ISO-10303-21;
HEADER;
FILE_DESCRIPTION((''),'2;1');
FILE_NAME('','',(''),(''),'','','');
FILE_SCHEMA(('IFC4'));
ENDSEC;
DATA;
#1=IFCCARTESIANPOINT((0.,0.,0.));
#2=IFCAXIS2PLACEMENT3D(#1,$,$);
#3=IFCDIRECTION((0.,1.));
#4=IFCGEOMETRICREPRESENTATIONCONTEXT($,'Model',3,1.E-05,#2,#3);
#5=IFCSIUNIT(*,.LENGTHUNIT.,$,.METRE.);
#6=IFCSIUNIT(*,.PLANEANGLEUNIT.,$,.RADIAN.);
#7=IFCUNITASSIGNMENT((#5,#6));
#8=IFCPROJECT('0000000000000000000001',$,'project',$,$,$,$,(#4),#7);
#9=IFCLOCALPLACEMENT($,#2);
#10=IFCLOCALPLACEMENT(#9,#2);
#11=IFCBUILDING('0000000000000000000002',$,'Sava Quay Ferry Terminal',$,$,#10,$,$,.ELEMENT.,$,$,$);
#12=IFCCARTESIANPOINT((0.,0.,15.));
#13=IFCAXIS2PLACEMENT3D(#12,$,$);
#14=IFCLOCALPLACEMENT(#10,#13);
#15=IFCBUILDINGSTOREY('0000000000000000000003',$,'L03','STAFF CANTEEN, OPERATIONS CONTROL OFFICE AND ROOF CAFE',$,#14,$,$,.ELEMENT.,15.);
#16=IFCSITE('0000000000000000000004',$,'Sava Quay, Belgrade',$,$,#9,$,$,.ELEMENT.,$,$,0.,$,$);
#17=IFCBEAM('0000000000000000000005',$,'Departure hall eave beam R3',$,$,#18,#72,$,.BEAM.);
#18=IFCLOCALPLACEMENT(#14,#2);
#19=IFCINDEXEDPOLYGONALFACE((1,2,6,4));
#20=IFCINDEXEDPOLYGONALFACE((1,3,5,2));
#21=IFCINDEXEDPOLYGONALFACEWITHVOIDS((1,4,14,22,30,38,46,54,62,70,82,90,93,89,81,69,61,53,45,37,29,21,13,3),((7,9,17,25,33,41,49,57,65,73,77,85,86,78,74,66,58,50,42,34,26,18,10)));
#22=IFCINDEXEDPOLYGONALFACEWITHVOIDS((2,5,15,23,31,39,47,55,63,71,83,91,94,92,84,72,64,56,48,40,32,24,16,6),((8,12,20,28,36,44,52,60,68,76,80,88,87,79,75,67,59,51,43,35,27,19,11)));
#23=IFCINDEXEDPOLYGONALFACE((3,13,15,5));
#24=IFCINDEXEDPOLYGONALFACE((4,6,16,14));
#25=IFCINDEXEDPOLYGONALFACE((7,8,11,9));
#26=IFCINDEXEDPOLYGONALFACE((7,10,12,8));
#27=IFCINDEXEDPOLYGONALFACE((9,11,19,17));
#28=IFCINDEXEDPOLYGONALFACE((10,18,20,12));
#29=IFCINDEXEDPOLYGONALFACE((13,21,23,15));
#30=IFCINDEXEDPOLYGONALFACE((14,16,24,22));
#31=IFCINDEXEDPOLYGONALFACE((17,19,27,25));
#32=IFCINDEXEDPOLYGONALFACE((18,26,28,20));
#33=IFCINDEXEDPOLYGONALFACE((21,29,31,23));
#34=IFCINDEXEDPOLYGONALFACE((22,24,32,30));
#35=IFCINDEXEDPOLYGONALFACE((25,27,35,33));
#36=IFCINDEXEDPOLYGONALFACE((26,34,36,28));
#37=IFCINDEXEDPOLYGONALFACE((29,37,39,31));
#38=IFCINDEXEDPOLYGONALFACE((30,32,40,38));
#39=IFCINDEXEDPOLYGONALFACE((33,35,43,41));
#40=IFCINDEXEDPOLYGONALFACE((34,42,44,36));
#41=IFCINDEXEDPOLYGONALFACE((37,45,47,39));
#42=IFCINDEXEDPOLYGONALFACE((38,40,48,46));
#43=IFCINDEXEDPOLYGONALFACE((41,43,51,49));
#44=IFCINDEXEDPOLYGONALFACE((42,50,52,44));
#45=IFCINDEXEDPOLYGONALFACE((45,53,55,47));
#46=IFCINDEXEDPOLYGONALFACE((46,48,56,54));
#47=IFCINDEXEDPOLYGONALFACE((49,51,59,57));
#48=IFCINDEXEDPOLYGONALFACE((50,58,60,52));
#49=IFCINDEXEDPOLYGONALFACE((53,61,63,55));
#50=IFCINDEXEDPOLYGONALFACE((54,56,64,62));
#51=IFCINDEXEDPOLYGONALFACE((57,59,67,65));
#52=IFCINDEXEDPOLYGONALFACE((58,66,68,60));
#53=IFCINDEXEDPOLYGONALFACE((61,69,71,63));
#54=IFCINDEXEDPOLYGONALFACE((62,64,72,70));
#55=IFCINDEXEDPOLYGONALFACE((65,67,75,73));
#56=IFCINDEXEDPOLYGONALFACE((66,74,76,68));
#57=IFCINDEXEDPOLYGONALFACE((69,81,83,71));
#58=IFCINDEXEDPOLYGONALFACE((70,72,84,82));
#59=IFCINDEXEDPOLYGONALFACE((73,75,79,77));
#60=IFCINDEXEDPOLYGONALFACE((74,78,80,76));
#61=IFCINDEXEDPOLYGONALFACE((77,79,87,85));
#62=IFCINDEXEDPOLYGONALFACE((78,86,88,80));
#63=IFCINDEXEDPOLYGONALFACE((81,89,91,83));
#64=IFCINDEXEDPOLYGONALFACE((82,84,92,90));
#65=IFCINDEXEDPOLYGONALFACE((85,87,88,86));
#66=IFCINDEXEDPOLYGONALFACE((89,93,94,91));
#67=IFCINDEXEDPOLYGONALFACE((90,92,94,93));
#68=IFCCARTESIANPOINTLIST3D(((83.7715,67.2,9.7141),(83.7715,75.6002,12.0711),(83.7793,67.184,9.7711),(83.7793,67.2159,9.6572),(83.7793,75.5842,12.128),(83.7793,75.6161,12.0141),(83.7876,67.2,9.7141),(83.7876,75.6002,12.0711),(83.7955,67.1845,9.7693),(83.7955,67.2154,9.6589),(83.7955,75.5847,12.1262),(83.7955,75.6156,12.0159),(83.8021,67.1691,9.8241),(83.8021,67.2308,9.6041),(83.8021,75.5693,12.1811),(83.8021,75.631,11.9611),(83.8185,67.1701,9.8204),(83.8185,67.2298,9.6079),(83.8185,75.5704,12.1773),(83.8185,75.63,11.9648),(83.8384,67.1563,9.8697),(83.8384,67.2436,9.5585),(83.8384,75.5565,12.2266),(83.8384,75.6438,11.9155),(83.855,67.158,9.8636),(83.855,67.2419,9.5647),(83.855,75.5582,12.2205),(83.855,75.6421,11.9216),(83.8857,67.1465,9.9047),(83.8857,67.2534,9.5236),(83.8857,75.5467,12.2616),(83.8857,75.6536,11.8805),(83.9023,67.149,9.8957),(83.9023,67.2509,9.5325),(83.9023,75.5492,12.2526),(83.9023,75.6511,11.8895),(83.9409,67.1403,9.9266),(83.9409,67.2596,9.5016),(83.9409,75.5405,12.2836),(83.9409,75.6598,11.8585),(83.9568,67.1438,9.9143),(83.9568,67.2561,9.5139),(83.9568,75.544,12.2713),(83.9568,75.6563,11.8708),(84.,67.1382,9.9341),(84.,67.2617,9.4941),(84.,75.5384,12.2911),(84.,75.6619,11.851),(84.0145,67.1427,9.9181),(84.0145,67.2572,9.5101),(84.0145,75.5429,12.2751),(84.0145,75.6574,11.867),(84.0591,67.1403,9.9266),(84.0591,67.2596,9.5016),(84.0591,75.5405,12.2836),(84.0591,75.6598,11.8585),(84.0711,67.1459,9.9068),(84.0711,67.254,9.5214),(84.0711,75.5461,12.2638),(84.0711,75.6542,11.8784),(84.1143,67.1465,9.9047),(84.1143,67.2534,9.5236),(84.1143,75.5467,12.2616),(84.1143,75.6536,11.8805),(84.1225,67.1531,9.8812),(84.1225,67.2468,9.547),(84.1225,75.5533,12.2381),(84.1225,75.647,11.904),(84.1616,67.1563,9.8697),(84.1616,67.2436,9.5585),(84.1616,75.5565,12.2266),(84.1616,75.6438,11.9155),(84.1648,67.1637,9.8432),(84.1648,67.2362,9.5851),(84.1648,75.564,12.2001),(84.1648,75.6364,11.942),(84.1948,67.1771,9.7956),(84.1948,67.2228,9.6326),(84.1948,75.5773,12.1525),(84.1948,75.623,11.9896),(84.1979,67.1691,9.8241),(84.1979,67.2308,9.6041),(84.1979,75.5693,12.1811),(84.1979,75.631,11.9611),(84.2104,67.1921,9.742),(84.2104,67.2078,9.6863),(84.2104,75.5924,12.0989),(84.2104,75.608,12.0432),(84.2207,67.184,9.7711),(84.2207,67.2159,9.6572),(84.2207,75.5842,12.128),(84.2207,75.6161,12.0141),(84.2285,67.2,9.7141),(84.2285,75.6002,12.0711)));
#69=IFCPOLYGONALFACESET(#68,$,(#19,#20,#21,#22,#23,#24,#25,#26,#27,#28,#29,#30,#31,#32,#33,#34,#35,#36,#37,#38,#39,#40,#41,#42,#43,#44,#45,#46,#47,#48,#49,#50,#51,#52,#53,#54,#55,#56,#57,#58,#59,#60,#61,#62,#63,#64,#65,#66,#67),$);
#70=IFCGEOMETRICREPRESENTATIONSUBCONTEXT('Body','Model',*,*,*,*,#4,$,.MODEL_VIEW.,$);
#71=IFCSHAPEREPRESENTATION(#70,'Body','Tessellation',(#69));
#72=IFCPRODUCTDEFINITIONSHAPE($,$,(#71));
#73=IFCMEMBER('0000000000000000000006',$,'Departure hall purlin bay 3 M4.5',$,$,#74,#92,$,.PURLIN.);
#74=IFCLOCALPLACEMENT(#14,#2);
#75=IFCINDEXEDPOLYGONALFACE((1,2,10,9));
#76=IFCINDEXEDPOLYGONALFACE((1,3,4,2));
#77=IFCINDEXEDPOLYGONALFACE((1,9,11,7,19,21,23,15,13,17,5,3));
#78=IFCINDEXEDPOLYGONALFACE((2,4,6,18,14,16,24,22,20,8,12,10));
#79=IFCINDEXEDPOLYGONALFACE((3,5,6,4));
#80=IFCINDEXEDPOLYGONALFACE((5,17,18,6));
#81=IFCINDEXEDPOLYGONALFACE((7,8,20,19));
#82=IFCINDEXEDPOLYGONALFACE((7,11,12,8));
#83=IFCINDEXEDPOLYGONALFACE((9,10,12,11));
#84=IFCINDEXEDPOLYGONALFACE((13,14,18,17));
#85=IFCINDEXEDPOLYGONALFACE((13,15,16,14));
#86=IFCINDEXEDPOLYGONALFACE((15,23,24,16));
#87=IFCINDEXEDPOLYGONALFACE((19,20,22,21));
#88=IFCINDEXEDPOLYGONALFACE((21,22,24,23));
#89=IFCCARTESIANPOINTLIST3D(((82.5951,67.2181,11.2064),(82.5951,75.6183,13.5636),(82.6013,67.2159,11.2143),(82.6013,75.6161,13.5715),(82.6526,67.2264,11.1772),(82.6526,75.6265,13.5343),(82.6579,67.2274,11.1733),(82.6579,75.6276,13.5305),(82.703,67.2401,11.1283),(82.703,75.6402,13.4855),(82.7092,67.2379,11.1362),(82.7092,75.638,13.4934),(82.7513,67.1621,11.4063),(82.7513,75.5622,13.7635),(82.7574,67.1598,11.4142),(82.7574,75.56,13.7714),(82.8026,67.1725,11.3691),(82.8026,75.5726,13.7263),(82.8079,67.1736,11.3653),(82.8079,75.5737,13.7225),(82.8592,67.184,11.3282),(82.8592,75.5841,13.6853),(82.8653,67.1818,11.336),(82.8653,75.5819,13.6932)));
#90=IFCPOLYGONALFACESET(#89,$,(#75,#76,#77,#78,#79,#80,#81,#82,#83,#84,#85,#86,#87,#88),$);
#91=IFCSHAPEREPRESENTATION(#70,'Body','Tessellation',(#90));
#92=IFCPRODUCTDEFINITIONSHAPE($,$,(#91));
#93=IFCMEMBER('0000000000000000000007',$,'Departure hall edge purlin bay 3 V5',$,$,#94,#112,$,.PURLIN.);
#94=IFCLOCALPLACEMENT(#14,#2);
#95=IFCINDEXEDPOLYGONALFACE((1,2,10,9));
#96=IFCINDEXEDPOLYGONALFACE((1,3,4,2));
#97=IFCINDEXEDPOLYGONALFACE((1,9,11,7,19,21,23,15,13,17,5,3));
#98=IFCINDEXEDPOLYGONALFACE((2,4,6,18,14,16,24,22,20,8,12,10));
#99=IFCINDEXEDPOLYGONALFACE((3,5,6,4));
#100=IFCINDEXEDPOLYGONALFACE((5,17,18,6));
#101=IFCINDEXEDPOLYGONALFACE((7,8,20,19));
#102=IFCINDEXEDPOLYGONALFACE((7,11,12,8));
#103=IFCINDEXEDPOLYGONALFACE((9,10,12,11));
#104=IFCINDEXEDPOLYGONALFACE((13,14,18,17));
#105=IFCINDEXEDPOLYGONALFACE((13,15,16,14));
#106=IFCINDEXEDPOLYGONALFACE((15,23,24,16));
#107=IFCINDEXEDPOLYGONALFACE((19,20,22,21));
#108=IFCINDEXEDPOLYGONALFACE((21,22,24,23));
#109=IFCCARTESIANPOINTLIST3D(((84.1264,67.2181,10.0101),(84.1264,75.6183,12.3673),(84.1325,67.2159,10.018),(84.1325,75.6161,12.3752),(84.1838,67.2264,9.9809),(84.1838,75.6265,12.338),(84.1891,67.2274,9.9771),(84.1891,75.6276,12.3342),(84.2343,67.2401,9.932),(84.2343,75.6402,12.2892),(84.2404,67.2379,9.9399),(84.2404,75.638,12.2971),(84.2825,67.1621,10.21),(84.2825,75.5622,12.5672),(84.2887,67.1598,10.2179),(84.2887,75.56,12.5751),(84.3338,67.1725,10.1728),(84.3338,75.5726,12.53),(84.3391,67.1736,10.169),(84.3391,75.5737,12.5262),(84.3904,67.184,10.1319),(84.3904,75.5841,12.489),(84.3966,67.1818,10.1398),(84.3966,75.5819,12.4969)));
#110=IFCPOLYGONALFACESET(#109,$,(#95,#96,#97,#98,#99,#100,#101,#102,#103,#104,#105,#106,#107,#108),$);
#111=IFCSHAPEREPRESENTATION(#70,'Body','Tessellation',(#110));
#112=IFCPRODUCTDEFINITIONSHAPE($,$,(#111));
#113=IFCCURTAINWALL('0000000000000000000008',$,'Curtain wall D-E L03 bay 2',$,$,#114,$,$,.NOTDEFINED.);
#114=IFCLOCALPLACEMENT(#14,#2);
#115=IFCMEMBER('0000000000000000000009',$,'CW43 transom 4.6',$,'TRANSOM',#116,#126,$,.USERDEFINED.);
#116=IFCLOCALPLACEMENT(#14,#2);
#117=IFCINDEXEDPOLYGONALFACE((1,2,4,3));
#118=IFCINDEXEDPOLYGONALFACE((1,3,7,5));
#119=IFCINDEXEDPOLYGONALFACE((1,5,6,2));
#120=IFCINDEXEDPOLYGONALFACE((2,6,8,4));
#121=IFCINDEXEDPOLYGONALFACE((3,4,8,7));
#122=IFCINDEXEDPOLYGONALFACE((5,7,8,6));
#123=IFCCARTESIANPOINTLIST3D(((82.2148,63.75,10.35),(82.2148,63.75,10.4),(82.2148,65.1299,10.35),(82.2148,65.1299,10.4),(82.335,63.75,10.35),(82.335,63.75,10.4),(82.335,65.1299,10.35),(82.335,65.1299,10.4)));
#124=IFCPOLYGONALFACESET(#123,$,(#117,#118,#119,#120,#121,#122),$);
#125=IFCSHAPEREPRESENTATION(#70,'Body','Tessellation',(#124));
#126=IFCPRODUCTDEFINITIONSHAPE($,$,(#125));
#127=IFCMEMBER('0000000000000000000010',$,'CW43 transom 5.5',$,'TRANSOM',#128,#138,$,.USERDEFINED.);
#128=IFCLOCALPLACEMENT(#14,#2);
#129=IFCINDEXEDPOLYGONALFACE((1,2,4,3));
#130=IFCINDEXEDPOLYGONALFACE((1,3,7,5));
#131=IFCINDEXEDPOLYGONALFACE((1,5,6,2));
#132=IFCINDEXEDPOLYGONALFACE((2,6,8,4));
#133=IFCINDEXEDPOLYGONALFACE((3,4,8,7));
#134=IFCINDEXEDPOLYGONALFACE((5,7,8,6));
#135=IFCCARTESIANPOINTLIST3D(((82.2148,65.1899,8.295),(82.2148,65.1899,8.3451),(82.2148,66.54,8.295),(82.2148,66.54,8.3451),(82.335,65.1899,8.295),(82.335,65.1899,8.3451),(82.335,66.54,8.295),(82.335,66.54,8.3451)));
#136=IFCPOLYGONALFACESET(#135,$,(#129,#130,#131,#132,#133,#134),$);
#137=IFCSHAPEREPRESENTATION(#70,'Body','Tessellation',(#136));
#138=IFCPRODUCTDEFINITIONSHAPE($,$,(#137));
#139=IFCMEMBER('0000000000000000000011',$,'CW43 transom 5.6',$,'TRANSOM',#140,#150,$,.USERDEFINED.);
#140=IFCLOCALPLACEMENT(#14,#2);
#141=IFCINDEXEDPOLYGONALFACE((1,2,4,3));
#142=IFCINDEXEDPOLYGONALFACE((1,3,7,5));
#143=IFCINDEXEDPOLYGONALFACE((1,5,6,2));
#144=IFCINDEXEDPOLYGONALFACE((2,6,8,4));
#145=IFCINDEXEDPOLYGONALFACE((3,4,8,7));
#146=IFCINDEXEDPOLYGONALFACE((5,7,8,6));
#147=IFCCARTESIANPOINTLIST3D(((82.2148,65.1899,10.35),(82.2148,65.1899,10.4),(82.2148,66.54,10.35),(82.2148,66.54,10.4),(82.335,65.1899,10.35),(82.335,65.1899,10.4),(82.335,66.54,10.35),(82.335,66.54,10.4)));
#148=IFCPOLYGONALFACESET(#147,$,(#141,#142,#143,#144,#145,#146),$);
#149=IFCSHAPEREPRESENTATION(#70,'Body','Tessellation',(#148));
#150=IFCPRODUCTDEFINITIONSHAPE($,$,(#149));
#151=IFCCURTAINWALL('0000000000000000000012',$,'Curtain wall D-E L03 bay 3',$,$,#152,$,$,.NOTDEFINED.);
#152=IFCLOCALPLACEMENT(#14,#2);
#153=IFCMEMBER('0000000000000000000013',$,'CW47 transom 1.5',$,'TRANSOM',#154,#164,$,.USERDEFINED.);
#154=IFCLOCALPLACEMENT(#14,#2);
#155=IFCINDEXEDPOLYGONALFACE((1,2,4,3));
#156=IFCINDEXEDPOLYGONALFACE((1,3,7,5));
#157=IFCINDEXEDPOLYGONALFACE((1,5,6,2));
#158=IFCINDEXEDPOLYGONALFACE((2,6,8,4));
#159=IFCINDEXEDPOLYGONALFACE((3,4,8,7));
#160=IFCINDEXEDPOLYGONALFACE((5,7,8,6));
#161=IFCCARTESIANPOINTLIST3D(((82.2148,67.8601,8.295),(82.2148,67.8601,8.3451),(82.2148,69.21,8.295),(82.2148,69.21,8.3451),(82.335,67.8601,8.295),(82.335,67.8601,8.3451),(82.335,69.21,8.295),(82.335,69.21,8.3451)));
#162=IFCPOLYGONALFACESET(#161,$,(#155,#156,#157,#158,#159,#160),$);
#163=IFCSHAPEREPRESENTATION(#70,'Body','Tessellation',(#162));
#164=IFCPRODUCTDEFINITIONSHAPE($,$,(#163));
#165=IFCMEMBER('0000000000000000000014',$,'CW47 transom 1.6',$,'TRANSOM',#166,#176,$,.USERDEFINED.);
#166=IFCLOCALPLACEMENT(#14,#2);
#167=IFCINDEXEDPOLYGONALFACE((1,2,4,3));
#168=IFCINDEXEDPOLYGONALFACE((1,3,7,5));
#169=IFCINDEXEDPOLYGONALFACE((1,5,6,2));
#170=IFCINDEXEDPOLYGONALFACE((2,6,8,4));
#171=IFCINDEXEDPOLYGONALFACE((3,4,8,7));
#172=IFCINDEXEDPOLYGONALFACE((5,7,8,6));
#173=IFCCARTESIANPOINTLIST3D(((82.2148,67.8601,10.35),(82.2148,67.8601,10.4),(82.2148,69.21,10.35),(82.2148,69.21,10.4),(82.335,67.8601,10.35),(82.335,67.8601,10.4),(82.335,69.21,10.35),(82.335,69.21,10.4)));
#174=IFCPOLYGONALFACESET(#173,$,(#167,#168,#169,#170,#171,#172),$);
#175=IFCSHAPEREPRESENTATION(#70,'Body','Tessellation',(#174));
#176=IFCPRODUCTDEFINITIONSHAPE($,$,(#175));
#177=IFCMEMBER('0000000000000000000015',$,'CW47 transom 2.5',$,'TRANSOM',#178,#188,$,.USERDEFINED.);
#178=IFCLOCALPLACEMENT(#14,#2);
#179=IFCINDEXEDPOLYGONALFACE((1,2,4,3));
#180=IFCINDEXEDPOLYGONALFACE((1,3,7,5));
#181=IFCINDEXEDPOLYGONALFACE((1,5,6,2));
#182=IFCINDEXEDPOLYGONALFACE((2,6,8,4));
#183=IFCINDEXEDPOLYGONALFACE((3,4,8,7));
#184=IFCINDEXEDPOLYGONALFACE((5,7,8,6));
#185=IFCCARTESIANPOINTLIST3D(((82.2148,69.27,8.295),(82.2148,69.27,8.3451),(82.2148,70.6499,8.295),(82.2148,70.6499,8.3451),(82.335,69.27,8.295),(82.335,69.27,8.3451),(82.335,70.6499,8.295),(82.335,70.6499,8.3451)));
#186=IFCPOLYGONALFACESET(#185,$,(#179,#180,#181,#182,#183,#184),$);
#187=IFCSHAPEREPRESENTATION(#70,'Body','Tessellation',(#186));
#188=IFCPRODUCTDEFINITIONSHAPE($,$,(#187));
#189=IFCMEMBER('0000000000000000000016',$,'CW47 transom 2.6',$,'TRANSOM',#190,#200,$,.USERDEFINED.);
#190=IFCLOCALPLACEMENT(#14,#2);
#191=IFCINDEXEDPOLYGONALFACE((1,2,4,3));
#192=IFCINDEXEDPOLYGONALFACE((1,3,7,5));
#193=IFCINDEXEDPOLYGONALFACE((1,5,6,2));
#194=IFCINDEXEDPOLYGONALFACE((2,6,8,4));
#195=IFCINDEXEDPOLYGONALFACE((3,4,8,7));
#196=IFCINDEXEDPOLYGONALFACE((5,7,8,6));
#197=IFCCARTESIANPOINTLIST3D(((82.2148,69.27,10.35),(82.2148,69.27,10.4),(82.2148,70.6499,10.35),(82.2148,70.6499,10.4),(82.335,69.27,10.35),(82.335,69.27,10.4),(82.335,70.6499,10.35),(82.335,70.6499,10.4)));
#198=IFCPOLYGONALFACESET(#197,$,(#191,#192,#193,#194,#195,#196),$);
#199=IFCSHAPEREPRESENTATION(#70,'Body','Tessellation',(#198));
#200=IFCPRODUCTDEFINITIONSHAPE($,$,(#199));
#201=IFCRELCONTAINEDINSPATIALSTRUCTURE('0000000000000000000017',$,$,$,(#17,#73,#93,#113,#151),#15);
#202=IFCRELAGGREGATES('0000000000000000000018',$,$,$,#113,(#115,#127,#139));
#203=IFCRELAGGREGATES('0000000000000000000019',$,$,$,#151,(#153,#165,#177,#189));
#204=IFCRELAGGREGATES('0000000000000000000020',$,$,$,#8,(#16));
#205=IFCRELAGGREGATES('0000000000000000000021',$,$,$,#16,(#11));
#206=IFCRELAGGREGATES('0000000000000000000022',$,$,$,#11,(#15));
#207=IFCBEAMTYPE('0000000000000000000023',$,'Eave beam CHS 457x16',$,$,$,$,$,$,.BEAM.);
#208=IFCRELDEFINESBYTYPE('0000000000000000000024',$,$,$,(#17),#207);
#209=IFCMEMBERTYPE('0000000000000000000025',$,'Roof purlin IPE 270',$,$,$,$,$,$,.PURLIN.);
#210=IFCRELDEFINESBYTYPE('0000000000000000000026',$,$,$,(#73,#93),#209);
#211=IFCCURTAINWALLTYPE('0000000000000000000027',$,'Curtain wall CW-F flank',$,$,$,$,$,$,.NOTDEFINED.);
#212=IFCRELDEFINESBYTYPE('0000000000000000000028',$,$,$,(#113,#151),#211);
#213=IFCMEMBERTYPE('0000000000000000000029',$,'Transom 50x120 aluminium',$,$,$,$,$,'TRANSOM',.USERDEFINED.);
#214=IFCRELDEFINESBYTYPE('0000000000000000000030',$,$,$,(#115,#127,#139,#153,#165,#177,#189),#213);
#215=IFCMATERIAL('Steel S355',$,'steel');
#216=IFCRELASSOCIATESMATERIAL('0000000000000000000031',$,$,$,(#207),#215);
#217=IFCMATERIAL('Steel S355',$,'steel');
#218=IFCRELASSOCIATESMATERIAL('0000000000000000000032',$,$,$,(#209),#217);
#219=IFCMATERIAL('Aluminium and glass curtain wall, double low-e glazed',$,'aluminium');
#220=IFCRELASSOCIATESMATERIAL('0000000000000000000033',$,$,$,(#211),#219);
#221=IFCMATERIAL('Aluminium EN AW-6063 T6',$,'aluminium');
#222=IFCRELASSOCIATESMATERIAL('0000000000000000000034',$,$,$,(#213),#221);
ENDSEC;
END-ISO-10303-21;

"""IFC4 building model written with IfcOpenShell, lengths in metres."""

from ifc_helpers import new_model, si_unit, direction, frame, origin, origin_2d, place, context, subcontext, project, spatial, rectangle, hollow_circle, i_section, extrude, material, material_profile, profile_set, type_object, element, aggregate, save


model = new_model("IFC4")

# Units and contexts
model_context = context("Model", 3, precision=1e-05, world=origin(), true_north=direction((0.0, 1.0)))
body_context = subcontext(model_context, "Body", "Model", "MODEL_VIEW")
ifc_project = project(units=[si_unit("LENGTHUNIT", "METRE"), si_unit("PLANEANGLEUNIT", "RADIAN")], contexts=[model_context])

# Site, building, storey
site_placement = place(None, origin())
site = spatial("IfcSite", under=ifc_project, at=site_placement, Name="Sava Quay, Belgrade", CompositionType="ELEMENT", RefElevation=0.0)
building_placement = place(site_placement, origin())
building = spatial("IfcBuilding", under=site, at=building_placement, Name="Sava Quay Ferry Terminal", CompositionType="ELEMENT")
storey_placement = place(building_placement, frame((0.0, 0.0, 15.0)))
storey = spatial("IfcBuildingStorey", under=building, at=storey_placement, Name="L03", Description="STAFF CANTEEN, OPERATIONS CONTROL OFFICE AND ROOF CAFE", CompositionType="ELEMENT", Elevation=15.0)

# Beam
ifc_material_1 = material(Name="Steel S355", Category="steel")
ifc_material_profile_1 = material_profile(ifc_material_1, hollow_circle(Radius=0.2285, WallThickness=0.0161, at=origin_2d()), Name="CHS 457 x 16.0")
ifc_profile_set_1 = profile_set([ifc_material_profile_1], Name="Steel S355")
beam_type = type_object("IfcBeamType", Name="Eave beam CHS 457x16", PredefinedType="BEAM", material=ifc_profile_set_1)
beam_placement = place(storey_placement, frame((84.0, 67.2, 9.7141), z_axis=(0.0, 0.962818, 0.27015), x_axis=(-1.0, 0.0, 0.0)))
element("IfcBeam", 1, at=beam_placement, inside=storey, type_object=beam_type, Name="Departure hall eave beam R3", PredefinedType="BEAM", context=body_context, shape_type="SweptSolid", body=[
    extrude(hollow_circle(Radius=0.2285, WallThickness=0.0161, at=origin_2d()), origin(), (0.0, 0.0, 1.0), 8.7246),
])

# Members
ifc_material_2 = material(Name="Steel S355", Category="steel")
ifc_material_profile_2 = material_profile(ifc_material_2, i_section(OverallWidth=0.135, OverallDepth=0.27, WebThickness=0.0066, FlangeThickness=0.0103, at=origin_2d()), Name="IPE 270")
ifc_profile_set_2 = profile_set([ifc_material_profile_2], Name="Steel S355")
member_type_1 = type_object("IfcMemberType", Name="Roof purlin IPE 270", PredefinedType="PURLIN", material=ifc_profile_set_2)
for number, where, z_axis, x_axis, name in (
    (2, (82.7302, 67.2, 11.2712), (0.0, 0.962811, 0.270176), (-0.799142, -0.162414, 0.578786), "Departure hall purlin bay 3 M4.5"),
    (3, (84.2615, 67.2, 10.075), (0.0, 0.962811, 0.270176), (-0.799142, -0.162414, 0.578786), "Departure hall edge purlin bay 3 V5"),
):
    element("IfcMember", number, at=place(storey_placement, frame(where, z_axis=z_axis, x_axis=x_axis)), inside=storey, type_object=member_type_1, Name=name, PredefinedType="PURLIN", context=body_context, shape_type="SweptSolid", body=[
        extrude(i_section(OverallWidth=0.135, OverallDepth=0.27, WebThickness=0.0066, FlangeThickness=0.0103, at=origin_2d()), origin(), (0.0, 0.0, 1.0), 8.7246),
    ])

# Curtain walls, members
ifc_material_3 = material(Name="Aluminium and glass curtain wall, double low-e glazed", Category="aluminium")
curtain_wall_type = type_object("IfcCurtainWallType", Name="Curtain wall CW-F flank", PredefinedType="NOTDEFINED", material=ifc_material_3)
curtain_wall_1_placement = place(storey_placement, origin())
curtain_wall_1 = element("IfcCurtainWall", 4, at=curtain_wall_1_placement, inside=storey, type_object=curtain_wall_type, Name="Curtain wall D-E L03 bay 2", PredefinedType="NOTDEFINED")
ifc_material_4 = material(Name="Aluminium EN AW-6063 T6", Category="aluminium")
ifc_material_profile_3 = material_profile(ifc_material_4, rectangle(XDim=0.1201, YDim=0.05, at=origin_2d()), Name="Transom 50x120 aluminium")
ifc_profile_set_3 = profile_set([ifc_material_profile_3], Name="Aluminium EN AW-6063 T6")
member_type_2 = type_object("IfcMemberType", Name="Transom 50x120 aluminium", ElementType="TRANSOM", PredefinedType="USERDEFINED", material=ifc_profile_set_3)
member_1_placement = place(storey_placement, frame((82.2749, 63.75, 10.375), z_axis=(0.0, 1.0, 0.0), x_axis=(-1.0, 0.0, 0.0)))
member_1 = element("IfcMember", 5, at=member_1_placement, type_object=member_type_2, Name="CW43 transom 4.6", ObjectType="TRANSOM", PredefinedType="USERDEFINED", context=body_context, shape_type="SweptSolid", body=[
    extrude(rectangle(XDim=0.1201, YDim=0.05, at=origin_2d()), origin(), (0.0, 0.0, 1.0), 1.3799),
])
member_2_placement = place(storey_placement, frame((82.2749, 65.1899, 8.3201), z_axis=(0.0, 1.0, 0.0), x_axis=(-1.0, 0.0, 0.0)))
member_2 = element("IfcMember", 6, at=member_2_placement, type_object=member_type_2, Name="CW43 transom 5.5", ObjectType="TRANSOM", PredefinedType="USERDEFINED", context=body_context, shape_type="SweptSolid", body=[
    extrude(rectangle(XDim=0.1201, YDim=0.05, at=origin_2d()), origin(), (0.0, 0.0, 1.0), 1.3501),
])
member_3_placement = place(storey_placement, frame((82.2749, 65.1899, 10.375), z_axis=(0.0, 1.0, 0.0), x_axis=(-1.0, 0.0, 0.0)))
member_3 = element("IfcMember", 7, at=member_3_placement, type_object=member_type_2, Name="CW43 transom 5.6", ObjectType="TRANSOM", PredefinedType="USERDEFINED", context=body_context, shape_type="SweptSolid", body=[
    extrude(rectangle(XDim=0.1201, YDim=0.05, at=origin_2d()), origin(), (0.0, 0.0, 1.0), 1.3501),
])
curtain_wall_2_placement = place(storey_placement, origin())
curtain_wall_2 = element("IfcCurtainWall", 8, at=curtain_wall_2_placement, inside=storey, type_object=curtain_wall_type, Name="Curtain wall D-E L03 bay 3", PredefinedType="NOTDEFINED")
member_4_placement = place(storey_placement, frame((82.2749, 67.8601, 8.3201), z_axis=(0.0, 1.0, 0.0), x_axis=(-1.0, 0.0, 0.0)))
member_4 = element("IfcMember", 9, at=member_4_placement, type_object=member_type_2, Name="CW47 transom 1.5", ObjectType="TRANSOM", PredefinedType="USERDEFINED", context=body_context, shape_type="SweptSolid", body=[
    extrude(rectangle(XDim=0.1201, YDim=0.05, at=origin_2d()), origin(), (0.0, 0.0, 1.0), 1.3499),
])
member_5_placement = place(storey_placement, frame((82.2749, 67.8601, 10.375), z_axis=(0.0, 1.0, 0.0), x_axis=(-1.0, 0.0, 0.0)))
member_5 = element("IfcMember", 10, at=member_5_placement, type_object=member_type_2, Name="CW47 transom 1.6", ObjectType="TRANSOM", PredefinedType="USERDEFINED", context=body_context, shape_type="SweptSolid", body=[
    extrude(rectangle(XDim=0.1201, YDim=0.05, at=origin_2d()), origin(), (0.0, 0.0, 1.0), 1.3499),
])
member_6_placement = place(storey_placement, frame((82.2749, 69.27, 8.3201), z_axis=(0.0, 1.0, 0.0), x_axis=(-1.0, 0.0, 0.0)))
member_6 = element("IfcMember", 11, at=member_6_placement, type_object=member_type_2, Name="CW47 transom 2.5", ObjectType="TRANSOM", PredefinedType="USERDEFINED", context=body_context, shape_type="SweptSolid", body=[
    extrude(rectangle(XDim=0.1201, YDim=0.05, at=origin_2d()), origin(), (0.0, 0.0, 1.0), 1.3799),
])
member_7_placement = place(storey_placement, frame((82.2749, 69.27, 10.375), z_axis=(0.0, 1.0, 0.0), x_axis=(-1.0, 0.0, 0.0)))
member_7 = element("IfcMember", 12, at=member_7_placement, type_object=member_type_2, Name="CW47 transom 2.6", ObjectType="TRANSOM", PredefinedType="USERDEFINED", context=body_context, shape_type="SweptSolid", body=[
    extrude(rectangle(XDim=0.1201, YDim=0.05, at=origin_2d()), origin(), (0.0, 0.0, 1.0), 1.3799),
])

aggregate(curtain_wall_1, [member_1, member_2, member_3])
aggregate(curtain_wall_2, [member_4, member_5, member_6, member_7])

save(model, "model.ifc")
